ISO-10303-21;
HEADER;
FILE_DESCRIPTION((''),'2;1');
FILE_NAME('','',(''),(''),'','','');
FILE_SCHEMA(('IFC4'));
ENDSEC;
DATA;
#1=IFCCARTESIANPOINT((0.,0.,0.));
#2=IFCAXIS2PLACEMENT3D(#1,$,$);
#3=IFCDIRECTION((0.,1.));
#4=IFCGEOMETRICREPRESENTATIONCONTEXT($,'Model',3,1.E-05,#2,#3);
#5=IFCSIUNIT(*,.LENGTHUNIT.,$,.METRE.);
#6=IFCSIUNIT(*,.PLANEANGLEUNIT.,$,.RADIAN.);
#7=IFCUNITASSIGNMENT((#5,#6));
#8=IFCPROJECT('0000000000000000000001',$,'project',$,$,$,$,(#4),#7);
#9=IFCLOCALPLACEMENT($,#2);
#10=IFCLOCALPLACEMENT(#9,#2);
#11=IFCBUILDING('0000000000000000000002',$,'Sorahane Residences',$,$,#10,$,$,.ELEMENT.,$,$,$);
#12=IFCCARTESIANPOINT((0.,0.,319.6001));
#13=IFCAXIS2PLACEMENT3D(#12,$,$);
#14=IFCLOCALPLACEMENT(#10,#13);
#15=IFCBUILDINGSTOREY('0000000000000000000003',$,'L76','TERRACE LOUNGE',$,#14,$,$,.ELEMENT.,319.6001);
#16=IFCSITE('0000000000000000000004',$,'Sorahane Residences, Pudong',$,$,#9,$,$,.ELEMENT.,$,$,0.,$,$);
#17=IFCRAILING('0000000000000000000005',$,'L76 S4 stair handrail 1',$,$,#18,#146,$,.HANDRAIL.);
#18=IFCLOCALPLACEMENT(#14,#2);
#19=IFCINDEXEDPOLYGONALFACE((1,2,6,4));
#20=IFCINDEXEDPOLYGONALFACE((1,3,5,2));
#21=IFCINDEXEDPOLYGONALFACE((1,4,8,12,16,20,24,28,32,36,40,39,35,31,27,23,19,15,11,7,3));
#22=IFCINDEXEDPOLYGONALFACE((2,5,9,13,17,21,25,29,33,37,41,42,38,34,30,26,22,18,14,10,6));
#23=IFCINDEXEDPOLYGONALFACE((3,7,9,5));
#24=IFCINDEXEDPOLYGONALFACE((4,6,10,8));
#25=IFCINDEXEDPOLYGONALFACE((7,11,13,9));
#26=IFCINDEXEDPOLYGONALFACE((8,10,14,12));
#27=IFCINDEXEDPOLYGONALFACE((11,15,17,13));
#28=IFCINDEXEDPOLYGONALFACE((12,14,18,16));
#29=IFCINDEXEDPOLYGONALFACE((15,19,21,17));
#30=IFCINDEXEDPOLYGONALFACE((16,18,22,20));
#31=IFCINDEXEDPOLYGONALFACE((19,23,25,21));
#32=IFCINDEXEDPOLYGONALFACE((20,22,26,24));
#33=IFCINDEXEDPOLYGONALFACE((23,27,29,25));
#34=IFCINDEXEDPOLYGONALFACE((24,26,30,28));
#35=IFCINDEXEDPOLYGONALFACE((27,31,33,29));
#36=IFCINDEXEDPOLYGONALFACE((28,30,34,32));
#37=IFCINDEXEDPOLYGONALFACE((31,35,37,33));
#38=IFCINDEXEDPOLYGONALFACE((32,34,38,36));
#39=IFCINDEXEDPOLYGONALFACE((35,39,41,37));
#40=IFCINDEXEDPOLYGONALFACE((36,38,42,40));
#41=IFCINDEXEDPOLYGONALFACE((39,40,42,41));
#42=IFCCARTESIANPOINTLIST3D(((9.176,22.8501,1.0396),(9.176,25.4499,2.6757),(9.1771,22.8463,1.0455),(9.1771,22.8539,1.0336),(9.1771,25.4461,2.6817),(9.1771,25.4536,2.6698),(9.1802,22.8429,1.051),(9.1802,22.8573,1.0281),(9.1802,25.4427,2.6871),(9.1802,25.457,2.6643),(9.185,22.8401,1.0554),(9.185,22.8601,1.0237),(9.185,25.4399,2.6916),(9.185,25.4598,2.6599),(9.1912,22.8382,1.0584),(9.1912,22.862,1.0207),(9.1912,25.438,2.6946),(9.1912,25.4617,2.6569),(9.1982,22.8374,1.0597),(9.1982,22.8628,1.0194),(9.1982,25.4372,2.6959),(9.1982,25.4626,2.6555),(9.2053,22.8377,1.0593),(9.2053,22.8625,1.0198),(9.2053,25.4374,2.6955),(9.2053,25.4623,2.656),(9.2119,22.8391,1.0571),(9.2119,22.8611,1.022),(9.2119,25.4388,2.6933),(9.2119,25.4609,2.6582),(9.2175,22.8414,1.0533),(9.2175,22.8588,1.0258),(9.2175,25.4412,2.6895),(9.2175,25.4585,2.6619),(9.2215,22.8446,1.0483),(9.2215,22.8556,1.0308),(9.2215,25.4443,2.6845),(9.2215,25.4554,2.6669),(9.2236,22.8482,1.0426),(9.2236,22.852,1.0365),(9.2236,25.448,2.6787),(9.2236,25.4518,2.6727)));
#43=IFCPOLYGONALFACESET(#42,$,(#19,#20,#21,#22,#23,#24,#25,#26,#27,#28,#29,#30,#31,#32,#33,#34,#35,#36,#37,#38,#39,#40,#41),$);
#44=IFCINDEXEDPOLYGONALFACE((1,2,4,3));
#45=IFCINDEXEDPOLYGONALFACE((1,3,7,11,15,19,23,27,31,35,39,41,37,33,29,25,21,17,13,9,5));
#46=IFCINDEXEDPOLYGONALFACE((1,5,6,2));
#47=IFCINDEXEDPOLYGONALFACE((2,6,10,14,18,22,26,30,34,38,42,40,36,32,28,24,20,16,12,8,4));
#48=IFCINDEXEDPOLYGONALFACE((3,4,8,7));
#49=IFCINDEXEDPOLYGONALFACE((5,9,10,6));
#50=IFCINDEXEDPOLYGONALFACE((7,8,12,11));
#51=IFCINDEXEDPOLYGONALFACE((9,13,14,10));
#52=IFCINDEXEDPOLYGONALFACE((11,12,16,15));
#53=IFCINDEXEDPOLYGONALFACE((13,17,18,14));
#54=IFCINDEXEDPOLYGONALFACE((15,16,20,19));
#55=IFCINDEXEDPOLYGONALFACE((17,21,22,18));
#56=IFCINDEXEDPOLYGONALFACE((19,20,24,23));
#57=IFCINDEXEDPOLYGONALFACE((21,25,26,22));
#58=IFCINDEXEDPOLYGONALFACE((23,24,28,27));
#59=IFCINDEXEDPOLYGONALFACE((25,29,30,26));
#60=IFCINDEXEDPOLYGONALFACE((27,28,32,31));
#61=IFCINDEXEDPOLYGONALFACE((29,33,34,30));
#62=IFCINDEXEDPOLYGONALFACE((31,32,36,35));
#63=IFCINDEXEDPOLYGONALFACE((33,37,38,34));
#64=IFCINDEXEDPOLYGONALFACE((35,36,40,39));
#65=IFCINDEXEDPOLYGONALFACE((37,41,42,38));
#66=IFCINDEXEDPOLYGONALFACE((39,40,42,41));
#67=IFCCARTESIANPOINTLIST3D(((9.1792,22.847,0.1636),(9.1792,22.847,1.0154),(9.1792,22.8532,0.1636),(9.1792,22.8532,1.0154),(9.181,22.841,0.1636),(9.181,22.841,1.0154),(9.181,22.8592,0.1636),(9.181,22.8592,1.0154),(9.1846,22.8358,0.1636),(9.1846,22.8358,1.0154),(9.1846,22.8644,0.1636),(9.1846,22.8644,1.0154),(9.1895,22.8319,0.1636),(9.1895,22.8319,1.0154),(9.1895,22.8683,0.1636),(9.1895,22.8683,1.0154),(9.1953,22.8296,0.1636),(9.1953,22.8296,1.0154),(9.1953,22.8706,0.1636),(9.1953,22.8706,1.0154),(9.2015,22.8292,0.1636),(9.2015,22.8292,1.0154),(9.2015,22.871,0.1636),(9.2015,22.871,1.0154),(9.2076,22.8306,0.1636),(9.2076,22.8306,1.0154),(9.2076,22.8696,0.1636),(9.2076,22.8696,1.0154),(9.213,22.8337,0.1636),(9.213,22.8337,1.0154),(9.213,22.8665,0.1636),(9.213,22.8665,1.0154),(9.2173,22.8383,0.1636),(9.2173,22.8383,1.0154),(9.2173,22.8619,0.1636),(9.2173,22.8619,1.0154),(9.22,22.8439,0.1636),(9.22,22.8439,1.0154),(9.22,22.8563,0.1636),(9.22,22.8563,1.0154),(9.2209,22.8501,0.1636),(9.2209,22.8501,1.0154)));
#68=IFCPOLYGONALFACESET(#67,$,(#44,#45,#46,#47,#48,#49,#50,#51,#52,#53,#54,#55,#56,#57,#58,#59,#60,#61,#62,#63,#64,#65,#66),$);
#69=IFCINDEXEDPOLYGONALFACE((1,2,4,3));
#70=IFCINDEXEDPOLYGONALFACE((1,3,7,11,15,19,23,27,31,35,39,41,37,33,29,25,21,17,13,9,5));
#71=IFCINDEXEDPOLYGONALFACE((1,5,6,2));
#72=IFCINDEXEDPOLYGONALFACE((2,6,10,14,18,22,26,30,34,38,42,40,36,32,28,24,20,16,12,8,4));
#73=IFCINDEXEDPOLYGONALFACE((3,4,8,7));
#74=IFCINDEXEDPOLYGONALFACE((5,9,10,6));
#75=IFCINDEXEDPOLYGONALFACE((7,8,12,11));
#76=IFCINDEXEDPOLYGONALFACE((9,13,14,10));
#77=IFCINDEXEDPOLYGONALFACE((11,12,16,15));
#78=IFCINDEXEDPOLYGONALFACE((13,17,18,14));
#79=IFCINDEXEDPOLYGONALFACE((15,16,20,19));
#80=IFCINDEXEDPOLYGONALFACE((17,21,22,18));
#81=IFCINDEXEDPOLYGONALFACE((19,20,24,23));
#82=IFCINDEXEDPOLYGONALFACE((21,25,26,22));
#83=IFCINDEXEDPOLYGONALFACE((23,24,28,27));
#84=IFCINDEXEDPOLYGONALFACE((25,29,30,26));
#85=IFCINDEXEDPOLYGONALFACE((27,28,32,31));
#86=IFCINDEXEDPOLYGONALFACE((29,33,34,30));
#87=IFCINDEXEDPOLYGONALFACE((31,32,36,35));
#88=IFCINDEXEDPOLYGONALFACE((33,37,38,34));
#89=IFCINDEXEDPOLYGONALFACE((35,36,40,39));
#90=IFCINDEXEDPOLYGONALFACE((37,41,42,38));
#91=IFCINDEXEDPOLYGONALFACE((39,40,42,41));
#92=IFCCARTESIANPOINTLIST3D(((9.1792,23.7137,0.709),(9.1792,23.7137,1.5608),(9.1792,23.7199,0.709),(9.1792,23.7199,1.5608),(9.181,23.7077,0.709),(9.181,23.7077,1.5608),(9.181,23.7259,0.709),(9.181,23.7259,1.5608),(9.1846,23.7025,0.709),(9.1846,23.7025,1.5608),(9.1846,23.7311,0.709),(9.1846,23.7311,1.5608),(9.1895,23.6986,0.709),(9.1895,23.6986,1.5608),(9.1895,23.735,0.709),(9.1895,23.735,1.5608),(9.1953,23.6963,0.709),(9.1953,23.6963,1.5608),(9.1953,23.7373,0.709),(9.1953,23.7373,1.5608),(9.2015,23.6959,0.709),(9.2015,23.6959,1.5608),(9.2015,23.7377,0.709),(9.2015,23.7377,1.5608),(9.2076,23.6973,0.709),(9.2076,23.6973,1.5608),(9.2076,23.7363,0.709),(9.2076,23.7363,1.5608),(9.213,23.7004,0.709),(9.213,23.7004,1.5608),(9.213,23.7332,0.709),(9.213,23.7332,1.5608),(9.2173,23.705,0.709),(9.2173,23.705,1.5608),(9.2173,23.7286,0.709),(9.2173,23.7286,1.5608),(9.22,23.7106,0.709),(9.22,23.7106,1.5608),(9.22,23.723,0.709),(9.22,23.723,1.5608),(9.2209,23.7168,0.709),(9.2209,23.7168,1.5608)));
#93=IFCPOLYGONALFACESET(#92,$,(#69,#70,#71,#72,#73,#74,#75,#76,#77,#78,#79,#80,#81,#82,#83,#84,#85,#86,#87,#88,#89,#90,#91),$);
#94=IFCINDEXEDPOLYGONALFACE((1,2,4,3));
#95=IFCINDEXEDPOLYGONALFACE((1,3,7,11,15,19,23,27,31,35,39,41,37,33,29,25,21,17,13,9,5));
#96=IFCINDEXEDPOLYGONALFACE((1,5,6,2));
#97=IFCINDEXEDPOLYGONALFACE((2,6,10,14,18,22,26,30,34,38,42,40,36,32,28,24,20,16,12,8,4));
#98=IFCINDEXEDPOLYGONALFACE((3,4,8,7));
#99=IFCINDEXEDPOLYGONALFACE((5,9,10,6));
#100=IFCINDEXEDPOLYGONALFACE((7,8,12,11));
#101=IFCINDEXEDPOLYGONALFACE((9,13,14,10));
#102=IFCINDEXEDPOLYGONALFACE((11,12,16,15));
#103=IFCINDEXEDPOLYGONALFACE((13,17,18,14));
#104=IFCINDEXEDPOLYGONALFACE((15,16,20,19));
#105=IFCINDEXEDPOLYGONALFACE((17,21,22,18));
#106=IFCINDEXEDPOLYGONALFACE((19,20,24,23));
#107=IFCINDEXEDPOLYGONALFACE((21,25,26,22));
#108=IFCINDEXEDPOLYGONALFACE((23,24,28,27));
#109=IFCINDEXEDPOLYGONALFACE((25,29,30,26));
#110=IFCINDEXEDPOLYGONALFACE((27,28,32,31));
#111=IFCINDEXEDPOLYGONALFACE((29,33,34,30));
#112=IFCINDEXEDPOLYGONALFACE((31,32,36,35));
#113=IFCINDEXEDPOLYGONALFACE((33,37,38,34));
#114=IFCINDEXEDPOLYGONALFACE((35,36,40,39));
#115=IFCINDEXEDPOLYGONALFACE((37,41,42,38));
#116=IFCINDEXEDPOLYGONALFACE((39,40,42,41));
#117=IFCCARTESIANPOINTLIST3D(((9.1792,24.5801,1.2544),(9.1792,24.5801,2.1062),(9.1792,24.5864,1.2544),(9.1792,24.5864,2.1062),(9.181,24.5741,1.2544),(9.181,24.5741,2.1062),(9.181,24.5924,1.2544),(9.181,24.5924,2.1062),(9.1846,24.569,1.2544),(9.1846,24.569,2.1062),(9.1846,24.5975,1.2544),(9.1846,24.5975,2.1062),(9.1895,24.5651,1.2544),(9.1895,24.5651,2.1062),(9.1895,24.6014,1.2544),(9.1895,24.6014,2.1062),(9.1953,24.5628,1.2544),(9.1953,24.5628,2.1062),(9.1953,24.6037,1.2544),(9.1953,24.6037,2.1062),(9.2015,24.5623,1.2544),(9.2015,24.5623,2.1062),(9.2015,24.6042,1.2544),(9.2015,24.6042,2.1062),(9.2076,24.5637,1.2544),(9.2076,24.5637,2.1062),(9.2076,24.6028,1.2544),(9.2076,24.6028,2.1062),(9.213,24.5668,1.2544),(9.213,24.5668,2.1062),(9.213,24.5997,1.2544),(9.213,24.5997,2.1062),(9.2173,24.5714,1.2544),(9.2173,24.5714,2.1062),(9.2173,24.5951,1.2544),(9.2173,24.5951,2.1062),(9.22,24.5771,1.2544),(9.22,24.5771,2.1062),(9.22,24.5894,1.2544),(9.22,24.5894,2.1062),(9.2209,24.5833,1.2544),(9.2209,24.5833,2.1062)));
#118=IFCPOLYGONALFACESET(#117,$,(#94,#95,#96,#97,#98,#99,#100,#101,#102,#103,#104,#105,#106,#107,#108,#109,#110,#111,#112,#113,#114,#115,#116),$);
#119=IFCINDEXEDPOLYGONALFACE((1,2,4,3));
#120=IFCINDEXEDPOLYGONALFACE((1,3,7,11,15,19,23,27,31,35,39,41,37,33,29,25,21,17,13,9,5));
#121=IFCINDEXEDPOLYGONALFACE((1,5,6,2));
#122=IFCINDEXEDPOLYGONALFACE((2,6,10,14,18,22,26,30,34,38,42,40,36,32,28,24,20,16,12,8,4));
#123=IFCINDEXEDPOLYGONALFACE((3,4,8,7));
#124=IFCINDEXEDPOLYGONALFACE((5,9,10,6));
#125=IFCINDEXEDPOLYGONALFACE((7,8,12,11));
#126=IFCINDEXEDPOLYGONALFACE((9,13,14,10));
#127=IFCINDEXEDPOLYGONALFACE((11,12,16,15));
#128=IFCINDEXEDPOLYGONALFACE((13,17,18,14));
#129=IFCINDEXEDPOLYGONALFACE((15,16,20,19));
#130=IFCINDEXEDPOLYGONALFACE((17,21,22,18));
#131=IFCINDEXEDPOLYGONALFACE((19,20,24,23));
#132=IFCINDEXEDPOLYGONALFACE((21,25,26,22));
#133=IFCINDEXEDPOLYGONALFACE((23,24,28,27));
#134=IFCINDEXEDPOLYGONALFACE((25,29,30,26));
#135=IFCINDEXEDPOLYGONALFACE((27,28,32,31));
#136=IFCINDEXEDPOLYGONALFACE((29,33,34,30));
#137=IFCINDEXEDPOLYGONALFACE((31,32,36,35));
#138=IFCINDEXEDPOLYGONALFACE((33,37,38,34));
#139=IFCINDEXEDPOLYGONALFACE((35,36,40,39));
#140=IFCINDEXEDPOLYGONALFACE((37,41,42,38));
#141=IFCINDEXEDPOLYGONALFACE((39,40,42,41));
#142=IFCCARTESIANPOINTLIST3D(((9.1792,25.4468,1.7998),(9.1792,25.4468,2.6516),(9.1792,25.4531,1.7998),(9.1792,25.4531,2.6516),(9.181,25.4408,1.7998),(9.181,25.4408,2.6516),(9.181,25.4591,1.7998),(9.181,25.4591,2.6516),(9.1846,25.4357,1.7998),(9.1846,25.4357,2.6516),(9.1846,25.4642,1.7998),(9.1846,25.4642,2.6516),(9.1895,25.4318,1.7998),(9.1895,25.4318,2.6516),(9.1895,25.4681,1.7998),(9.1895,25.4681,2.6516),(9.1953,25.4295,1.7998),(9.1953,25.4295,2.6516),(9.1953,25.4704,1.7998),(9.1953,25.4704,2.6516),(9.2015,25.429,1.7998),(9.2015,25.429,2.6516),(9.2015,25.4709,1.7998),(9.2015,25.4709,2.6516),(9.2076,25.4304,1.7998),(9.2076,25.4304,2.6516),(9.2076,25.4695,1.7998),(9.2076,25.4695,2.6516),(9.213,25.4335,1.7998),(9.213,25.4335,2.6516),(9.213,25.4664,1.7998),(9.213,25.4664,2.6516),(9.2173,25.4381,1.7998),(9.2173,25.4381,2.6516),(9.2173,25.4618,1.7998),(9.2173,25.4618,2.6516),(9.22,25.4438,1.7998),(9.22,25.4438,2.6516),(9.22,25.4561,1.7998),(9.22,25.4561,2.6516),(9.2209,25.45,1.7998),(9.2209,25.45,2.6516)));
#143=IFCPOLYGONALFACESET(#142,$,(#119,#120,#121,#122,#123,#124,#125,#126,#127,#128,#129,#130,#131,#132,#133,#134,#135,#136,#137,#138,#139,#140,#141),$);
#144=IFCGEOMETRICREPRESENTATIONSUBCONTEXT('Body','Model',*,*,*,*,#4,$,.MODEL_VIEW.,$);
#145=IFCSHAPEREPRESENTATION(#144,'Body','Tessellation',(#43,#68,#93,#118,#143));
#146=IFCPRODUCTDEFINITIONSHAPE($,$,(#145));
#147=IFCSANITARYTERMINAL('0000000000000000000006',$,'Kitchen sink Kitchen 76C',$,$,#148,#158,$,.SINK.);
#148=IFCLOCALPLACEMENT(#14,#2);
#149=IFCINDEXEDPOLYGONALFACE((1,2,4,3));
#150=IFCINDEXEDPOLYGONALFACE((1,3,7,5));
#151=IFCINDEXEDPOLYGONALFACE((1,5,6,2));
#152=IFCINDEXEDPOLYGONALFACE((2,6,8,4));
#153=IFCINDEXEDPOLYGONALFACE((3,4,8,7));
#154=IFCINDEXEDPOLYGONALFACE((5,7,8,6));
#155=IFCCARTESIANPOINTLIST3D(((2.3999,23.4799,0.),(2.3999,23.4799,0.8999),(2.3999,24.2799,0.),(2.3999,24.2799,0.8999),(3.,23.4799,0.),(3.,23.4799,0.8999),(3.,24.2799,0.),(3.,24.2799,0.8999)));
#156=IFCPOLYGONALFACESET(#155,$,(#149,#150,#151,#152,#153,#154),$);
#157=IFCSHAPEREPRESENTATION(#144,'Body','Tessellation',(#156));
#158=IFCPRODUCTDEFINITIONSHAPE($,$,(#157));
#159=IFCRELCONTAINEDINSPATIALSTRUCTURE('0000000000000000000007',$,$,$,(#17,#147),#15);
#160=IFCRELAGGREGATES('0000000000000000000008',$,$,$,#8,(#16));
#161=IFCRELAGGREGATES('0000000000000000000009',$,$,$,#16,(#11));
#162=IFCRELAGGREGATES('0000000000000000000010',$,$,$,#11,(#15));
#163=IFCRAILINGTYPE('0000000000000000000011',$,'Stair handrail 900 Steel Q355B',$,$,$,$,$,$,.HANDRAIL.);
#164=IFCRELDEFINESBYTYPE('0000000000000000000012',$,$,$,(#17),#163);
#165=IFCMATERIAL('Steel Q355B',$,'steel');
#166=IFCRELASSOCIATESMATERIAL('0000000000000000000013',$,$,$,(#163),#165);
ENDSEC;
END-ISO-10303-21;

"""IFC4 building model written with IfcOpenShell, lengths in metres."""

from ifc_helpers import new_model, si_unit, direction, frame, origin, origin_2d, place, context, subcontext, project, spatial, rectangle, circle, extrude, material, type_object, element, save


model = new_model("IFC4")

# Units and contexts
model_context = context("Model", 3, precision=1e-05, world=origin(), true_north=direction((0.0, 1.0)))
body_context = subcontext(model_context, "Body", "Model", "MODEL_VIEW")
ifc_project = project(units=[si_unit("LENGTHUNIT", "METRE"), si_unit("PLANEANGLEUNIT", "RADIAN")], contexts=[model_context])

# Site, building, storey
site_placement = place(None, origin())
site = spatial("IfcSite", under=ifc_project, at=site_placement, Name="Sorahane Residences, Pudong", CompositionType="ELEMENT", RefElevation=0.0)
building_placement = place(site_placement, origin())
building = spatial("IfcBuilding", under=site, at=building_placement, Name="Sorahane Residences", CompositionType="ELEMENT")
storey_placement = place(building_placement, frame((0.0, 0.0, 319.6001)))
storey = spatial("IfcBuildingStorey", under=building, at=storey_placement, Name="L76", Description="TERRACE LOUNGE", CompositionType="ELEMENT", Elevation=319.6001)

# Railing
ifc_material_1 = material(Name="Steel Q355B", Category="steel")
railing_type_1 = type_object("IfcRailingType", Name="Stair handrail 900 Steel Q355B", PredefinedType="HANDRAIL", material=ifc_material_1)
railing_1_placement = place(storey_placement, frame((9.2, 22.8501, 0.1636)))
element("IfcRailing", 1, at=railing_1_placement, inside=storey, type_object=railing_type_1, Name="L76 S4 stair handrail 1", PredefinedType="HANDRAIL", context=body_context, shape_type="SweptSolid", body=[
    extrude(circle(Radius=0.0239, at=origin_2d()), frame((0.0, 0.0, 0.876), z_axis=(0.0, 0.846338, 0.532647), x_axis=(-1.0, 0.0, 0.0)), (0.0, 0.0, 1.0), 3.0718),
    extrude(circle(Radius=0.021, at=origin_2d()), origin(), (0.0, 0.0, 1.0), 0.8518),
    extrude(circle(Radius=0.021, at=origin_2d()), frame((0.0, 0.8667, 0.5454)), (0.0, 0.0, 1.0), 0.8518),
    extrude(circle(Radius=0.021, at=origin_2d()), frame((0.0, 1.7332, 1.0908)), (0.0, 0.0, 1.0), 0.8518),
    extrude(circle(Radius=0.021, at=origin_2d()), frame((0.0, 2.5999, 1.6362)), (0.0, 0.0, 1.0), 0.8518),
])

# Sanitary terminal
sanitary_terminal_placement = place(storey_placement, frame((2.7, 23.8799, 0.0), z_axis=(0.0, 0.0, 1.0), x_axis=(0.0, -1.0, 0.0)))
element("IfcSanitaryTerminal", 2, at=sanitary_terminal_placement, inside=storey, Name="Kitchen sink Kitchen 76C", PredefinedType="SINK", context=body_context, shape_type="SweptSolid", body=[
    extrude(rectangle(XDim=0.8, YDim=0.6001, at=origin_2d()), origin(), (0.0, 0.0, 1.0), 0.8999),
])

save(model, "model.ifc")
